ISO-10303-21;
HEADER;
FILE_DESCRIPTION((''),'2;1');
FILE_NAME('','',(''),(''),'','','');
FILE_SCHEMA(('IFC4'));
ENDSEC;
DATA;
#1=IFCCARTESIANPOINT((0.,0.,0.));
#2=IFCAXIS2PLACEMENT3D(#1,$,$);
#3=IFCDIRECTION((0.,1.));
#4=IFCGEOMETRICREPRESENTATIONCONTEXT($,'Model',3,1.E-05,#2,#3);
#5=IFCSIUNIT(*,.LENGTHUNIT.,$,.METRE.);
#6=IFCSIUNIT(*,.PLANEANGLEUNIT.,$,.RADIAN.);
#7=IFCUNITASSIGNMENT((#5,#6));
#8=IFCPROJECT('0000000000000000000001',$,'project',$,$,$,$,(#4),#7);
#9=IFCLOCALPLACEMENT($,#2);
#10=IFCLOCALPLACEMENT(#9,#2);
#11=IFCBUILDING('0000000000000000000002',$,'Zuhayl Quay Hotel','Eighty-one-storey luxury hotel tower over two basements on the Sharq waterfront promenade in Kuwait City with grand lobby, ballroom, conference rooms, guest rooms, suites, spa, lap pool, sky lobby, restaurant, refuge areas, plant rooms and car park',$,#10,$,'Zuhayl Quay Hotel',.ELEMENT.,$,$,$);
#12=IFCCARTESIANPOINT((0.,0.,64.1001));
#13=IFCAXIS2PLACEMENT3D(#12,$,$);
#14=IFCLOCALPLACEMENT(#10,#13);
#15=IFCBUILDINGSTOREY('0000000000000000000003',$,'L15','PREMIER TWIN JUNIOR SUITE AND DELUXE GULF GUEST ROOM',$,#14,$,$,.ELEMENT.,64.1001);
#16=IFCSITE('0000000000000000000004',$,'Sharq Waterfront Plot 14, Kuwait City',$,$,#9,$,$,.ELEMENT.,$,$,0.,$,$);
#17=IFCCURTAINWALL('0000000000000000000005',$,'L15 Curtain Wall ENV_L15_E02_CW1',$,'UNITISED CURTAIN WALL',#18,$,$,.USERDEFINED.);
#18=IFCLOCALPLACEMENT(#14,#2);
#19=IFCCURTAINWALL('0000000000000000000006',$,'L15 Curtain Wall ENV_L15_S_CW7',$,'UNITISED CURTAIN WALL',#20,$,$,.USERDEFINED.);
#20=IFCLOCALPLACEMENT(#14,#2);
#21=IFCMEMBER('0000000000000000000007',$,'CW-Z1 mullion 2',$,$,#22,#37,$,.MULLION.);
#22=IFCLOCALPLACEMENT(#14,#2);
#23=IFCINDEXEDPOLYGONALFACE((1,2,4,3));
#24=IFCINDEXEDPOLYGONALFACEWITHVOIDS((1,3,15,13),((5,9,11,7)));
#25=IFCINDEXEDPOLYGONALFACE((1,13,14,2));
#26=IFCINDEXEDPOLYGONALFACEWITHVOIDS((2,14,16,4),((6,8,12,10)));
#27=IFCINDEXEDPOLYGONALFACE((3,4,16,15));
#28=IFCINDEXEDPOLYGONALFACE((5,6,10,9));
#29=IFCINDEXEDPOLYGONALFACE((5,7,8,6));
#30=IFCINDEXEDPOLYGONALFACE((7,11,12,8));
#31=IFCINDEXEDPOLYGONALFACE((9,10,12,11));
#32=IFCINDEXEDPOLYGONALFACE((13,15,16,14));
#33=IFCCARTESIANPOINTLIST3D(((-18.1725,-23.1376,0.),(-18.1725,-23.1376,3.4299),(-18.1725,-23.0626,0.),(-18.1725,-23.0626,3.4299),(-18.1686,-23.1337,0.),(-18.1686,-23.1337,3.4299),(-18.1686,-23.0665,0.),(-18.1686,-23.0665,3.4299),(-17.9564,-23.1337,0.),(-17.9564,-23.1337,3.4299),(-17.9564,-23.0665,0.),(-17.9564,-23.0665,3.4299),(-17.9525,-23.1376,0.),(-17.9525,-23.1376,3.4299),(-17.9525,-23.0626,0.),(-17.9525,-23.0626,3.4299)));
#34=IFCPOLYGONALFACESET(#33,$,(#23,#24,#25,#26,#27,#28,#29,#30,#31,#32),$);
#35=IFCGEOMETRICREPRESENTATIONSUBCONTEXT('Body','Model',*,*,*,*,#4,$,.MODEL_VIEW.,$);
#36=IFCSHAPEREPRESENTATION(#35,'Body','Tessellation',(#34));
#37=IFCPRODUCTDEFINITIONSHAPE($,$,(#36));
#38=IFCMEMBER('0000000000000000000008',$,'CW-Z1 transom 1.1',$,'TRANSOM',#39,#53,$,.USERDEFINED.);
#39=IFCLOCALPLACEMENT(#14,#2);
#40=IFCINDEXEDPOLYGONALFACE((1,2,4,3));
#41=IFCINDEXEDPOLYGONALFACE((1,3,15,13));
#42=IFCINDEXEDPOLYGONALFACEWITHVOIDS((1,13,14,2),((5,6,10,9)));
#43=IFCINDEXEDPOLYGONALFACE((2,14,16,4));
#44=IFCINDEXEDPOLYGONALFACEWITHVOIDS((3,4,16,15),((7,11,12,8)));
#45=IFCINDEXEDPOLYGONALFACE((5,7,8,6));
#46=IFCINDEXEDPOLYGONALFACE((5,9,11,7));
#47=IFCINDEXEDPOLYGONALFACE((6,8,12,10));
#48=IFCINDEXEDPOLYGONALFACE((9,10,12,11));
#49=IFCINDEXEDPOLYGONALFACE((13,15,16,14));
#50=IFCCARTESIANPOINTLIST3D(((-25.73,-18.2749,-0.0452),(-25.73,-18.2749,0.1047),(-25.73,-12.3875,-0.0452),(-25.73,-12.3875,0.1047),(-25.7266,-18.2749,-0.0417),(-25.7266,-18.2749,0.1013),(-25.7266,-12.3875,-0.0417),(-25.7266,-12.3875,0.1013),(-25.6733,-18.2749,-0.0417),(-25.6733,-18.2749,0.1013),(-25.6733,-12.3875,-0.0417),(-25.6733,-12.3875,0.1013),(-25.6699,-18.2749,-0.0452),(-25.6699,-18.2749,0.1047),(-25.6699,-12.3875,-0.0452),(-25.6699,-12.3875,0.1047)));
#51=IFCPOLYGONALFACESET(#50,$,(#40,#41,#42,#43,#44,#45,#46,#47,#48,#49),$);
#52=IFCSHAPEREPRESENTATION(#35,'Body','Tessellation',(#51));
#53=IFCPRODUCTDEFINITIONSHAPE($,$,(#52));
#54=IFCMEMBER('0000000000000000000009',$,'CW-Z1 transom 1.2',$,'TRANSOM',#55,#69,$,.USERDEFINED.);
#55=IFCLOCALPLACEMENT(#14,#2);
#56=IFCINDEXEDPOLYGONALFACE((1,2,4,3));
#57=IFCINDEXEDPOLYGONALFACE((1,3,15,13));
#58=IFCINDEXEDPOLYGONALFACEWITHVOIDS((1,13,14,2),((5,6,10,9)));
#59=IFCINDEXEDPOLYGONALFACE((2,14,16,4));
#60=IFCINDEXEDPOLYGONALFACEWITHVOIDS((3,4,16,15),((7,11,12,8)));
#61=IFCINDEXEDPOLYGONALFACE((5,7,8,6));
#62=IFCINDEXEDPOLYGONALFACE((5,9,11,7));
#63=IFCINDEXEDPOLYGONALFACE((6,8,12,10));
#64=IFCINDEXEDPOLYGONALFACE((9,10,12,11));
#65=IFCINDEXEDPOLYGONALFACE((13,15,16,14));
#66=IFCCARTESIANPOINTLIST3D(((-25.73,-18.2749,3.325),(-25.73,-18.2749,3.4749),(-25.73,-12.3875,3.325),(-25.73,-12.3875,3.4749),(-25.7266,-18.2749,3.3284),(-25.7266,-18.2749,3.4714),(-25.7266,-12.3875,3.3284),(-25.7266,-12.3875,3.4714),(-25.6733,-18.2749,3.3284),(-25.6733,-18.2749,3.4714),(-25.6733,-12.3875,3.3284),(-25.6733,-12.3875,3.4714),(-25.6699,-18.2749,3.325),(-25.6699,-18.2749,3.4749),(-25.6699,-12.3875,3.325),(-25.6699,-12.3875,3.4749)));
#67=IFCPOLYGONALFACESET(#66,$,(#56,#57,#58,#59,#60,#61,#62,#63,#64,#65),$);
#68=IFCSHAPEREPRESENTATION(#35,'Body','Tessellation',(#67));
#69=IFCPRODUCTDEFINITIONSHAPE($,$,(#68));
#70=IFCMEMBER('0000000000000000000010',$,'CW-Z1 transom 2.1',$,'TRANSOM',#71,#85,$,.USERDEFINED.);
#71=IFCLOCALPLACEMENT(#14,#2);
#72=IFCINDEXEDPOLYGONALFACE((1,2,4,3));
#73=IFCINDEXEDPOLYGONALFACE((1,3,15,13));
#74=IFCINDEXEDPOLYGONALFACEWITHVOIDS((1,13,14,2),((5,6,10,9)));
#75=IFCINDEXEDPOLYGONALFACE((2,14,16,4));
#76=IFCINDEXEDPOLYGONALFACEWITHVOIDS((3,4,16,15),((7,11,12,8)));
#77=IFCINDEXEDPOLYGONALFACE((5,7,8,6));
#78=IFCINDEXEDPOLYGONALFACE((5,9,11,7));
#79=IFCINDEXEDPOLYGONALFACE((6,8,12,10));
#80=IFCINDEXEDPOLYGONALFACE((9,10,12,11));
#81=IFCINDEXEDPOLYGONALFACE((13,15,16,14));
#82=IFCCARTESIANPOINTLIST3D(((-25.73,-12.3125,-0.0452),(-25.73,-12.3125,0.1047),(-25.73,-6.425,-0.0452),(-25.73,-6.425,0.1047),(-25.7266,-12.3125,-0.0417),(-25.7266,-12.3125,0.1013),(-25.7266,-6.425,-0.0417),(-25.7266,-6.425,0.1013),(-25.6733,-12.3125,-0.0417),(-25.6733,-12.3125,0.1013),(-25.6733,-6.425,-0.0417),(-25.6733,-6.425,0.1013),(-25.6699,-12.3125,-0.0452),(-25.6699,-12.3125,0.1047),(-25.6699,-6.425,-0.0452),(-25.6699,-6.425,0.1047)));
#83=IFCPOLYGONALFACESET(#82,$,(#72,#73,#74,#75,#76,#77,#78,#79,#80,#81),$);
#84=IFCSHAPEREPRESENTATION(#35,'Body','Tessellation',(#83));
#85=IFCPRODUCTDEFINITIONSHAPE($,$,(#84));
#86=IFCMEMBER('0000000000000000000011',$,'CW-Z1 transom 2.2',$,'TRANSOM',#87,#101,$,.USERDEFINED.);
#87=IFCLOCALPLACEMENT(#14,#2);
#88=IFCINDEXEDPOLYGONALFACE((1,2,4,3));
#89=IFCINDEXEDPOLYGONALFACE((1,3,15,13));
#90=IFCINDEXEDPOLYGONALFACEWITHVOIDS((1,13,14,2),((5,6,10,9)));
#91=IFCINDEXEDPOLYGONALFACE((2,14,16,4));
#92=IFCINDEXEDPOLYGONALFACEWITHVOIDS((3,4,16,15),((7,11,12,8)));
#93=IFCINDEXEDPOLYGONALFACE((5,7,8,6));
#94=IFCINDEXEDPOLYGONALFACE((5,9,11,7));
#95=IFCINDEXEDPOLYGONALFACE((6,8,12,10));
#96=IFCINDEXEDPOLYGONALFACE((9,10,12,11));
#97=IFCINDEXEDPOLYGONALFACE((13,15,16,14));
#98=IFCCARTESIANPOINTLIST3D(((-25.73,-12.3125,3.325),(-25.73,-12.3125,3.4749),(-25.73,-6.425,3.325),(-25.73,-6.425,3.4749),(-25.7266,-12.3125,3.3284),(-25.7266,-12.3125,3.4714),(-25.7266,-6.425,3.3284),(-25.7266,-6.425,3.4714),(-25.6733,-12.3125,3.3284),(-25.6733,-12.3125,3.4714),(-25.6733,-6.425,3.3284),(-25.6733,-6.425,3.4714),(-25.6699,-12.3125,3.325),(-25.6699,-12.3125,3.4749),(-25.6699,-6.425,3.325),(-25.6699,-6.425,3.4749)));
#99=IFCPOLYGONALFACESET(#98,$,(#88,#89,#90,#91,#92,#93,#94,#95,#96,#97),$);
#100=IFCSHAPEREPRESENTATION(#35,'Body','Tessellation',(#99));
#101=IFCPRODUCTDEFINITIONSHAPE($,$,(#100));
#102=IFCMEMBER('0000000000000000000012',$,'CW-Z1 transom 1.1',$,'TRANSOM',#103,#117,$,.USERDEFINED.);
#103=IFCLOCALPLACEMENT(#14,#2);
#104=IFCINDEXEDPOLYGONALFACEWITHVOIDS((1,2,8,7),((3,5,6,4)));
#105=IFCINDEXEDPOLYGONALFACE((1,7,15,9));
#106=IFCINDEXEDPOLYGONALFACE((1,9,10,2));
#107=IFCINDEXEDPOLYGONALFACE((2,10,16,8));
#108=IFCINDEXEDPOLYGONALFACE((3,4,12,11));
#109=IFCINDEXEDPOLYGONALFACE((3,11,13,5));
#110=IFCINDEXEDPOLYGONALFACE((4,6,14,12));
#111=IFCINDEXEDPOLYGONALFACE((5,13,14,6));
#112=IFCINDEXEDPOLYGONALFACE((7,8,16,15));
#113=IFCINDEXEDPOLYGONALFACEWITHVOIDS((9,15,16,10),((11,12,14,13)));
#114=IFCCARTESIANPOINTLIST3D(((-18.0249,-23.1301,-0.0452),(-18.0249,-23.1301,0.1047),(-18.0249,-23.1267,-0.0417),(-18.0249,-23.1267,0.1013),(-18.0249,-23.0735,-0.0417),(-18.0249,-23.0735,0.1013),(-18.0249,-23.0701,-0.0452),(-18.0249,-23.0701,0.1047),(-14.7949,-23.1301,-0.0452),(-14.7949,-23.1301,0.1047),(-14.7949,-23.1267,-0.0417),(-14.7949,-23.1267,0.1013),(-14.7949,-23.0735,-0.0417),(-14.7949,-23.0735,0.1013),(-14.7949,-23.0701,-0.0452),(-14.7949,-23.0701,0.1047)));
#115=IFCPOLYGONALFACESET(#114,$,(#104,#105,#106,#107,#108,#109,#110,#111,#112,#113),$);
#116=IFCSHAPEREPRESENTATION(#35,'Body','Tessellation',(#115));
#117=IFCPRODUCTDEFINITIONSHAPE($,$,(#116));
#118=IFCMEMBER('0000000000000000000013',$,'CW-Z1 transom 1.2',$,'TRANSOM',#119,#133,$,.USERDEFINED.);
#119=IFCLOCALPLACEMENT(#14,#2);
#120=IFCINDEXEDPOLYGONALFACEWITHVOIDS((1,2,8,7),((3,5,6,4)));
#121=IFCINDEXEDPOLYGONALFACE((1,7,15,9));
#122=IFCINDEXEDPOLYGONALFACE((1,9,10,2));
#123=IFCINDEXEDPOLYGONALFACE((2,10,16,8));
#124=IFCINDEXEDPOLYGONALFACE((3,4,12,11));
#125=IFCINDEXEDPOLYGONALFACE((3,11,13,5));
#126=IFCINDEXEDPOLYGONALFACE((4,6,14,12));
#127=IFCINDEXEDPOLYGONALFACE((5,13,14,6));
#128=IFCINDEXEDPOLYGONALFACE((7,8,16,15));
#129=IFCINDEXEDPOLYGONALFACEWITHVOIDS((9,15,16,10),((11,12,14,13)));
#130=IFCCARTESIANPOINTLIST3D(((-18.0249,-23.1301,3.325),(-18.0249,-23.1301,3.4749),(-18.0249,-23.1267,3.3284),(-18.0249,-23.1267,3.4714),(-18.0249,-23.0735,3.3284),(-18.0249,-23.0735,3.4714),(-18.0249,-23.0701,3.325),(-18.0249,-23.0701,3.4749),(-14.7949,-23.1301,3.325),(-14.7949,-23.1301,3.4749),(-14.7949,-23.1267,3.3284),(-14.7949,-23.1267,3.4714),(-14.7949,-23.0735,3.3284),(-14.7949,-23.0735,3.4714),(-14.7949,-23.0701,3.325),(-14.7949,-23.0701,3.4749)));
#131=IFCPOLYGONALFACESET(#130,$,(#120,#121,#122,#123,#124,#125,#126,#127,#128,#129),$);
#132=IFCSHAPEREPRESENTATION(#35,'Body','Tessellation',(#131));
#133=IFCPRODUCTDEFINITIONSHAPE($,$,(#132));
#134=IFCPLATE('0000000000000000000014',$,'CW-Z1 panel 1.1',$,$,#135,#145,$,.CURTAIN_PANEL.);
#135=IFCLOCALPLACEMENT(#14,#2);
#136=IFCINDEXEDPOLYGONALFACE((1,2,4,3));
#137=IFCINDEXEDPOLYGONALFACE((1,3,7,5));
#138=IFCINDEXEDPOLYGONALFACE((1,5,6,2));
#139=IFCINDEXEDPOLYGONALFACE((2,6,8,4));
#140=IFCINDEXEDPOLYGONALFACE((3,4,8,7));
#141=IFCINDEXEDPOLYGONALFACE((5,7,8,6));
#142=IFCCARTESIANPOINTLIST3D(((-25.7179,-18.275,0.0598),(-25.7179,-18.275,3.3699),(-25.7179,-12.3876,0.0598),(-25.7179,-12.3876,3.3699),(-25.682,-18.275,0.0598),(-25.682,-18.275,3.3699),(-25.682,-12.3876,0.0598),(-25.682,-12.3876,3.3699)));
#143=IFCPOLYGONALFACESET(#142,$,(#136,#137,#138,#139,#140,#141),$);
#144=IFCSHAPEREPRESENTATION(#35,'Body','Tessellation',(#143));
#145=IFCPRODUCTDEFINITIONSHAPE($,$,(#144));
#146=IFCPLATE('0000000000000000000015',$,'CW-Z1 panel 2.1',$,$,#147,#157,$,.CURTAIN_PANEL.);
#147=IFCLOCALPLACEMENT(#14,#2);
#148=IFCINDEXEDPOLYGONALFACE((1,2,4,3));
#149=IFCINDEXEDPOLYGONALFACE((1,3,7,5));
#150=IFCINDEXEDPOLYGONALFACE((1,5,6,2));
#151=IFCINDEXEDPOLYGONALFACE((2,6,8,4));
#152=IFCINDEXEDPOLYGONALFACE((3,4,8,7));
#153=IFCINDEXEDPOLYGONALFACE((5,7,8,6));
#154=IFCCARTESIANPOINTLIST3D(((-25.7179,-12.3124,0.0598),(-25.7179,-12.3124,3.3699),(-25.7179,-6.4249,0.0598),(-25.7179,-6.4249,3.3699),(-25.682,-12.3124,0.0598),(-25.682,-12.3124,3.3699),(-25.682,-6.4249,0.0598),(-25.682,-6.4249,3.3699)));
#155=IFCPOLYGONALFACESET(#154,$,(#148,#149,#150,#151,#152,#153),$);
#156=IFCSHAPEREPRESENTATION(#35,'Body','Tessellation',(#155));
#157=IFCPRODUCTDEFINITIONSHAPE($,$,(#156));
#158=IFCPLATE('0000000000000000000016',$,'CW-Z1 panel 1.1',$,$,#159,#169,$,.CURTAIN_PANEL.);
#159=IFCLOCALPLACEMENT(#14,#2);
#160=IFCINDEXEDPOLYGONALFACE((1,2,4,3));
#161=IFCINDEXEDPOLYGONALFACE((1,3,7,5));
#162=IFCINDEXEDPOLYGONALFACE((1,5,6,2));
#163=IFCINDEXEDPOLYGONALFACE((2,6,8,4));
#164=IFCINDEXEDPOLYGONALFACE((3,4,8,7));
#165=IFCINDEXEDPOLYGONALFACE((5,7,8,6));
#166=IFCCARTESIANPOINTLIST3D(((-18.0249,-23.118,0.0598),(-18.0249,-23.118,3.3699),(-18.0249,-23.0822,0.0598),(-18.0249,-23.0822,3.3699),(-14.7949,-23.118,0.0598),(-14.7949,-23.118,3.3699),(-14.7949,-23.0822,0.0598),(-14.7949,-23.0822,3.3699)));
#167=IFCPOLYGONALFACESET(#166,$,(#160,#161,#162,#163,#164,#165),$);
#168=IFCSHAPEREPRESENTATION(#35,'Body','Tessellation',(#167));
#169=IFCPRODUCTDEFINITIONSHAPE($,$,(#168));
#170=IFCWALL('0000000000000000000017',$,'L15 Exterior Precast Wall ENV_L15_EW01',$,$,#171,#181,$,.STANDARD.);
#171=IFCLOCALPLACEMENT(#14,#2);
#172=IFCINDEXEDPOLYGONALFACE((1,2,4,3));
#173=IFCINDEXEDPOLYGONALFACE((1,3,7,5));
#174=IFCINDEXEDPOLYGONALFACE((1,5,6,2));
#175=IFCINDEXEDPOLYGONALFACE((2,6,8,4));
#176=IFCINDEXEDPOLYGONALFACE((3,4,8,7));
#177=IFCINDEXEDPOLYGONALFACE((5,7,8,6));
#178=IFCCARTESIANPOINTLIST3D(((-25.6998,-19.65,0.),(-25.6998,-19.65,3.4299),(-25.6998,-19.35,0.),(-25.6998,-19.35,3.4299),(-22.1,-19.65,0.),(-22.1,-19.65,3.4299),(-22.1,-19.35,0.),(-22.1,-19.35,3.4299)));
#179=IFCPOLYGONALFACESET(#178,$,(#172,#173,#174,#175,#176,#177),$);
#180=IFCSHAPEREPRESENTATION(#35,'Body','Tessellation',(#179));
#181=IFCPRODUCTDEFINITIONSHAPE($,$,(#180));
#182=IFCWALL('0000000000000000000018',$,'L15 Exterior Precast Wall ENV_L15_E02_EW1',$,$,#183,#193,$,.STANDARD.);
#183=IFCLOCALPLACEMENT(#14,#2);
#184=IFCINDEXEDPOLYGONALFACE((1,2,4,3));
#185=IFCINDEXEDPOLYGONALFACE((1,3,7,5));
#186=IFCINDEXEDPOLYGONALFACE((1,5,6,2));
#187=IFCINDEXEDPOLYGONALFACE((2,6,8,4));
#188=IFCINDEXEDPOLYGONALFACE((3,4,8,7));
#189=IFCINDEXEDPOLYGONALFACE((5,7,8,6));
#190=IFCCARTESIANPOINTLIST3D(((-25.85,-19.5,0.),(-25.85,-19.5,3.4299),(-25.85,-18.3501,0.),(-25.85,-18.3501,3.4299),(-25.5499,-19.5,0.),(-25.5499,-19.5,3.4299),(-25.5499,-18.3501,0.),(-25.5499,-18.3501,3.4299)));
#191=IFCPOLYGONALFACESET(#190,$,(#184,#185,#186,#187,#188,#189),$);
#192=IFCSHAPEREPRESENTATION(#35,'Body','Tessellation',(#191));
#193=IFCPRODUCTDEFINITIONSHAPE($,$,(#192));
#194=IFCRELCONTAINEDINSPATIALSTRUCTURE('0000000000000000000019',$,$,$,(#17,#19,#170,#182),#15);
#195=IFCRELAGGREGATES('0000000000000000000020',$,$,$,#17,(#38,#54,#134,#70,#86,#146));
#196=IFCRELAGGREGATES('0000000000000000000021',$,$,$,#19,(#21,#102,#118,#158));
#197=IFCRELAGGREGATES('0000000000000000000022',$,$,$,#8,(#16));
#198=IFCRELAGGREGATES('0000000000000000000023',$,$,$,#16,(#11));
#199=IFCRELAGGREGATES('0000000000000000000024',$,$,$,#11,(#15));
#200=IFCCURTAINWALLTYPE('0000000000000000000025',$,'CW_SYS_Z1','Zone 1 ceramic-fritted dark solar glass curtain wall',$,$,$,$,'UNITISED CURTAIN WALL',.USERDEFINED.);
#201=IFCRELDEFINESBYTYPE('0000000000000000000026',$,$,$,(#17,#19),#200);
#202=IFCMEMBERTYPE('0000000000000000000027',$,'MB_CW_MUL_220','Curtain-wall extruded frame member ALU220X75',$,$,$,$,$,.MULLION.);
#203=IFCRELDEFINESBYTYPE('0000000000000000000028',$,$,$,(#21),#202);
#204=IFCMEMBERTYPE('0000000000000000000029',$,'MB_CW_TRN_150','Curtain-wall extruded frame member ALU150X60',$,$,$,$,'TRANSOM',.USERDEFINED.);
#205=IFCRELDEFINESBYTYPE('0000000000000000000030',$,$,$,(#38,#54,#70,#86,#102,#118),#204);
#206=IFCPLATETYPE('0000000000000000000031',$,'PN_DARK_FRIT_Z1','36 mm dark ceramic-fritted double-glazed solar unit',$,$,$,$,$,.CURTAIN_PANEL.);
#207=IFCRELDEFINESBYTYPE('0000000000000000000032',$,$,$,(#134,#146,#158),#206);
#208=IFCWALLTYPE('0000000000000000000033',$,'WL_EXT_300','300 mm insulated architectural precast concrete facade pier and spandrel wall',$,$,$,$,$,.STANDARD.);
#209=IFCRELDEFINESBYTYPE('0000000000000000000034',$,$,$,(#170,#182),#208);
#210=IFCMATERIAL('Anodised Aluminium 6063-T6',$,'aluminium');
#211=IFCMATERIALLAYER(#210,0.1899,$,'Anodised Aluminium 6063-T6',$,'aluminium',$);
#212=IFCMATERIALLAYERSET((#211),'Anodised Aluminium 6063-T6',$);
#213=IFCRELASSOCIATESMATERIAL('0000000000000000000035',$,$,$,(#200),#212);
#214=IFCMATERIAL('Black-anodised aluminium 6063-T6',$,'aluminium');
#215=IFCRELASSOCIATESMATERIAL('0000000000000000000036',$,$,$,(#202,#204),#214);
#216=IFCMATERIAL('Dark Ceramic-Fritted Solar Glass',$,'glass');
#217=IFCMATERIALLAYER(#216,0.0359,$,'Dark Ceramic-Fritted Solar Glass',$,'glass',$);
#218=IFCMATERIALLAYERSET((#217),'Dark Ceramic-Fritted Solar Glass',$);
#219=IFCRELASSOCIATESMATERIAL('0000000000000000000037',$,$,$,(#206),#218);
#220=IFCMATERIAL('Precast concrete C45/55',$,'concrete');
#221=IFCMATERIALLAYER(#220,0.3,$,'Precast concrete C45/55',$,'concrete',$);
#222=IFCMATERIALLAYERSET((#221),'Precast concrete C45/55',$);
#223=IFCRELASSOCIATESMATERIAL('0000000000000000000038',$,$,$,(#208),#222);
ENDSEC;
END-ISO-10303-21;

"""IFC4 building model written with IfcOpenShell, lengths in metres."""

from ifc_helpers import new_model, si_unit, direction, frame, frame_2d, origin, origin_2d, place, context, subcontext, project, spatial, rectangle, hollow_rectangle, extrude, material, layer, layer_set, material_profile, profile_set, type_object, element, aggregate, save


model = new_model("IFC4")

# Units and contexts
model_context = context("Model", 3, precision=1e-05, world=origin(), true_north=direction((0.0, 1.0)))
body_context = subcontext(model_context, "Body", "Model", "MODEL_VIEW")
ifc_project = project(units=[si_unit("LENGTHUNIT", "METRE"), si_unit("PLANEANGLEUNIT", "RADIAN")], contexts=[model_context])

# Site, building, storey
site_placement = place(None, origin())
site = spatial("IfcSite", under=ifc_project, at=site_placement, Name="Sharq Waterfront Plot 14, Kuwait City", CompositionType="ELEMENT", RefElevation=0.0)
building_placement = place(site_placement, origin())
building = spatial("IfcBuilding", under=site, at=building_placement, Name="Zuhayl Quay Hotel", Description="Eighty-one-storey luxury hotel tower over two basements on the Sharq waterfront promenade in Kuwait City with grand lobby, ballroom, conference rooms, guest rooms, suites, spa, lap pool, sky lobby, restaurant, refuge areas, plant rooms and car park", LongName="Zuhayl Quay Hotel", CompositionType="ELEMENT")
storey_placement = place(building_placement, frame((0.0, 0.0, 64.1001)))
storey = spatial("IfcBuildingStorey", under=building, at=storey_placement, Name="L15", Description="PREMIER TWIN JUNIOR SUITE AND DELUXE GULF GUEST ROOM", CompositionType="ELEMENT", Elevation=64.1001)

# Curtain walls, member
ifc_material_1 = material(Name="Anodised Aluminium 6063-T6", Category="aluminium")
ifc_layer_1 = layer(ifc_material_1, 0.1899, Name="Anodised Aluminium 6063-T6", Category="aluminium")
ifc_layer_set_1 = layer_set([ifc_layer_1], Name="Anodised Aluminium 6063-T6")
curtain_wall_type = type_object("IfcCurtainWallType", Name="CW_SYS_Z1", Description="Zone 1 ceramic-fritted dark solar glass curtain wall", ElementType="UNITISED CURTAIN WALL", PredefinedType="USERDEFINED", material=ifc_layer_set_1)
curtain_wall_1_placement = place(storey_placement, origin())
curtain_wall_1 = element("IfcCurtainWall", 1, at=curtain_wall_1_placement, inside=storey, type_object=curtain_wall_type, Name="L15 Curtain Wall ENV_L15_E02_CW1", ObjectType="UNITISED CURTAIN WALL", PredefinedType="USERDEFINED")
ifc_material_2 = material(Name="Black-anodised aluminium 6063-T6", Category="aluminium")
ifc_material_profile_1 = material_profile(ifc_material_2, hollow_rectangle(XDim=0.075, YDim=0.22, WallThickness=0.0039, at=origin_2d()), Name="ALU220X75")
ifc_profile_set_1 = profile_set([ifc_material_profile_1], Name="Black-anodised aluminium 6063-T6")
member_type_1 = type_object("IfcMemberType", Name="MB_CW_MUL_220", Description="Curtain-wall extruded frame member ALU220X75", PredefinedType="MULLION", material=ifc_profile_set_1)
curtain_wall_2_placement = place(storey_placement, origin())
curtain_wall_2 = element("IfcCurtainWall", 2, at=curtain_wall_2_placement, inside=storey, type_object=curtain_wall_type, Name="L15 Curtain Wall ENV_L15_S_CW7", ObjectType="UNITISED CURTAIN WALL", PredefinedType="USERDEFINED")
member_1_placement = place(storey_placement, frame((-18.0625, -23.1001, 0.0), z_axis=(0.0, 0.0, 1.0), x_axis=(0.0, -1.0, 0.0)))
member_1 = element("IfcMember", 3, at=member_1_placement, type_object=member_type_1, Name="CW-Z1 mullion 2", PredefinedType="MULLION", context=body_context, shape_type="SweptSolid", body=[
    extrude(hollow_rectangle(XDim=0.075, YDim=0.22, WallThickness=0.0039, at=origin_2d()), origin(), (0.0, 0.0, 1.0), 3.4299),
])

# Members
ifc_material_profile_2 = material_profile(ifc_material_2, hollow_rectangle(XDim=0.0601, YDim=0.1499, WallThickness=0.0034, at=origin_2d()), Name="ALU150X60")
ifc_profile_set_2 = profile_set([ifc_material_profile_2], Name="Black-anodised aluminium 6063-T6")
member_type_2 = type_object("IfcMemberType", Name="MB_CW_TRN_150", Description="Curtain-wall extruded frame member ALU150X60", ElementType="TRANSOM", PredefinedType="USERDEFINED", material=ifc_profile_set_2)
member_2_placement = place(storey_placement, frame((-25.7, -18.2749, 0.0298), z_axis=(0.0, 1.0, 0.0), x_axis=(-1.0, 0.0, 0.0)))
member_2 = element("IfcMember", 4, at=member_2_placement, type_object=member_type_2, Name="CW-Z1 transom 1.1", ObjectType="TRANSOM", PredefinedType="USERDEFINED", context=body_context, shape_type="SweptSolid", body=[
    extrude(hollow_rectangle(XDim=0.0601, YDim=0.1499, WallThickness=0.0034, at=origin_2d()), origin(), (0.0, 0.0, 1.0), 5.8875),
])
member_3_placement = place(storey_placement, frame((-25.7, -18.2749, 3.3999), z_axis=(0.0, 1.0, 0.0), x_axis=(-1.0, 0.0, 0.0)))
member_3 = element("IfcMember", 5, at=member_3_placement, type_object=member_type_2, Name="CW-Z1 transom 1.2", ObjectType="TRANSOM", PredefinedType="USERDEFINED", context=body_context, shape_type="SweptSolid", body=[
    extrude(hollow_rectangle(XDim=0.0601, YDim=0.1499, WallThickness=0.0034, at=origin_2d()), origin(), (0.0, 0.0, 1.0), 5.8875),
])
member_4_placement = place(storey_placement, frame((-25.7, -12.3125, 0.0298), z_axis=(0.0, 1.0, 0.0), x_axis=(-1.0, 0.0, 0.0)))
member_4 = element("IfcMember", 6, at=member_4_placement, type_object=member_type_2, Name="CW-Z1 transom 2.1", ObjectType="TRANSOM", PredefinedType="USERDEFINED", context=body_context, shape_type="SweptSolid", body=[
    extrude(hollow_rectangle(XDim=0.0601, YDim=0.1499, WallThickness=0.0034, at=origin_2d()), origin(), (0.0, 0.0, 1.0), 5.8875),
])
member_5_placement = place(storey_placement, frame((-25.7, -12.3125, 3.3999), z_axis=(0.0, 1.0, 0.0), x_axis=(-1.0, 0.0, 0.0)))
member_5 = element("IfcMember", 7, at=member_5_placement, type_object=member_type_2, Name="CW-Z1 transom 2.2", ObjectType="TRANSOM", PredefinedType="USERDEFINED", context=body_context, shape_type="SweptSolid", body=[
    extrude(hollow_rectangle(XDim=0.0601, YDim=0.1499, WallThickness=0.0034, at=origin_2d()), origin(), (0.0, 0.0, 1.0), 5.8875),
])
member_6_placement = place(storey_placement, frame((-14.7949, -23.1001, 0.0298), z_axis=(-1.0, 0.0, 0.0), x_axis=(0.0, -1.0, 0.0)))
member_6 = element("IfcMember", 8, at=member_6_placement, type_object=member_type_2, Name="CW-Z1 transom 1.1", ObjectType="TRANSOM", PredefinedType="USERDEFINED", context=body_context, shape_type="SweptSolid", body=[
    extrude(hollow_rectangle(XDim=0.0601, YDim=0.1499, WallThickness=0.0034, at=origin_2d()), origin(), (0.0, 0.0, 1.0), 3.23),
])
member_7_placement = place(storey_placement, frame((-14.7949, -23.1001, 3.3999), z_axis=(-1.0, 0.0, 0.0), x_axis=(0.0, -1.0, 0.0)))
member_7 = element("IfcMember", 9, at=member_7_placement, type_object=member_type_2, Name="CW-Z1 transom 1.2", ObjectType="TRANSOM", PredefinedType="USERDEFINED", context=body_context, shape_type="SweptSolid", body=[
    extrude(hollow_rectangle(XDim=0.0601, YDim=0.1499, WallThickness=0.0034, at=origin_2d()), origin(), (0.0, 0.0, 1.0), 3.23),
])

# Plates
ifc_material_3 = material(Name="Dark Ceramic-Fritted Solar Glass", Category="glass")
ifc_layer_2 = layer(ifc_material_3, 0.0359, Name="Dark Ceramic-Fritted Solar Glass", Category="glass")
ifc_layer_set_2 = layer_set([ifc_layer_2], Name="Dark Ceramic-Fritted Solar Glass")
plate_type = type_object("IfcPlateType", Name="PN_DARK_FRIT_Z1", Description="36 mm dark ceramic-fritted double-glazed solar unit", PredefinedType="CURTAIN_PANEL", material=ifc_layer_set_2)
plate_1_placement = place(storey_placement, frame((-25.7, -15.3313, 0.0598), z_axis=(0.0, 0.0, 1.0), x_axis=(0.0, 1.0, 0.0)))
plate_1 = element("IfcPlate", 10, at=plate_1_placement, type_object=plate_type, Name="CW-Z1 panel 1.1", PredefinedType="CURTAIN_PANEL", context=body_context, shape_type="SweptSolid", body=[
    extrude(rectangle(XDim=5.8875, YDim=0.0359, at=origin_2d()), origin(), (0.0, 0.0, 1.0), 3.3101),
])
plate_2_placement = place(storey_placement, frame((-25.7, -9.3687, 0.0598), z_axis=(0.0, 0.0, 1.0), x_axis=(0.0, 1.0, 0.0)))
plate_2 = element("IfcPlate", 11, at=plate_2_placement, type_object=plate_type, Name="CW-Z1 panel 2.1", PredefinedType="CURTAIN_PANEL", context=body_context, shape_type="SweptSolid", body=[
    extrude(rectangle(XDim=5.8875, YDim=0.0359, at=origin_2d()), origin(), (0.0, 0.0, 1.0), 3.3101),
])
aggregate(curtain_wall_1, [member_2, member_3, plate_1, member_4, member_5, plate_2])
plate_3_placement = place(storey_placement, frame((-16.4099, -23.1001, 0.0598), z_axis=(0.0, 0.0, 1.0), x_axis=(-1.0, 0.0, 0.0)))
plate_3 = element("IfcPlate", 12, at=plate_3_placement, type_object=plate_type, Name="CW-Z1 panel 1.1", PredefinedType="CURTAIN_PANEL", context=body_context, shape_type="SweptSolid", body=[
    extrude(rectangle(XDim=3.23, YDim=0.0359, at=origin_2d()), origin(), (0.0, 0.0, 1.0), 3.3101),
])
aggregate(curtain_wall_2, [member_1, member_6, member_7, plate_3])

# Walls
ifc_material_4 = material(Name="Precast concrete C45/55", Category="concrete")
ifc_layer_3 = layer(ifc_material_4, 0.3, Name="Precast concrete C45/55", Category="concrete")
ifc_layer_set_3 = layer_set([ifc_layer_3], Name="Precast concrete C45/55")
wall_type_1 = type_object("IfcWallType", Name="WL_EXT_300", Description="300 mm insulated architectural precast concrete facade pier and spandrel wall", PredefinedType="STANDARD", material=ifc_layer_set_3)
wall_1_placement = place(storey_placement, frame((-22.1001, -19.5, 0.0), z_axis=(0.0, 0.0, 1.0), x_axis=(-1.0, 0.0, 0.0)))
element("IfcWall", 13, at=wall_1_placement, inside=storey, type_object=wall_type_1, Name="L15 Exterior Precast Wall ENV_L15_EW01", PredefinedType="STANDARD", context=body_context, shape_type="SweptSolid", body=[
    extrude(rectangle(XDim=3.5999, YDim=0.3, at=frame_2d((1.7998, 0.0))), origin(), (0.0, 0.0, 1.0), 3.4299),
])
wall_2_placement = place(storey_placement, frame((-25.7, -19.5, 0.0), z_axis=(0.0, 0.0, 1.0), x_axis=(0.0, 1.0, 0.0)))
element("IfcWall", 14, at=wall_2_placement, inside=storey, type_object=wall_type_1, Name="L15 Exterior Precast Wall ENV_L15_E02_EW1", PredefinedType="STANDARD", context=body_context, shape_type="SweptSolid", body=[
    extrude(rectangle(XDim=1.1499, YDim=0.3, at=frame_2d((0.575, 0.0))), origin(), (0.0, 0.0, 1.0), 3.4299),
])

save(model, "model.ifc")
